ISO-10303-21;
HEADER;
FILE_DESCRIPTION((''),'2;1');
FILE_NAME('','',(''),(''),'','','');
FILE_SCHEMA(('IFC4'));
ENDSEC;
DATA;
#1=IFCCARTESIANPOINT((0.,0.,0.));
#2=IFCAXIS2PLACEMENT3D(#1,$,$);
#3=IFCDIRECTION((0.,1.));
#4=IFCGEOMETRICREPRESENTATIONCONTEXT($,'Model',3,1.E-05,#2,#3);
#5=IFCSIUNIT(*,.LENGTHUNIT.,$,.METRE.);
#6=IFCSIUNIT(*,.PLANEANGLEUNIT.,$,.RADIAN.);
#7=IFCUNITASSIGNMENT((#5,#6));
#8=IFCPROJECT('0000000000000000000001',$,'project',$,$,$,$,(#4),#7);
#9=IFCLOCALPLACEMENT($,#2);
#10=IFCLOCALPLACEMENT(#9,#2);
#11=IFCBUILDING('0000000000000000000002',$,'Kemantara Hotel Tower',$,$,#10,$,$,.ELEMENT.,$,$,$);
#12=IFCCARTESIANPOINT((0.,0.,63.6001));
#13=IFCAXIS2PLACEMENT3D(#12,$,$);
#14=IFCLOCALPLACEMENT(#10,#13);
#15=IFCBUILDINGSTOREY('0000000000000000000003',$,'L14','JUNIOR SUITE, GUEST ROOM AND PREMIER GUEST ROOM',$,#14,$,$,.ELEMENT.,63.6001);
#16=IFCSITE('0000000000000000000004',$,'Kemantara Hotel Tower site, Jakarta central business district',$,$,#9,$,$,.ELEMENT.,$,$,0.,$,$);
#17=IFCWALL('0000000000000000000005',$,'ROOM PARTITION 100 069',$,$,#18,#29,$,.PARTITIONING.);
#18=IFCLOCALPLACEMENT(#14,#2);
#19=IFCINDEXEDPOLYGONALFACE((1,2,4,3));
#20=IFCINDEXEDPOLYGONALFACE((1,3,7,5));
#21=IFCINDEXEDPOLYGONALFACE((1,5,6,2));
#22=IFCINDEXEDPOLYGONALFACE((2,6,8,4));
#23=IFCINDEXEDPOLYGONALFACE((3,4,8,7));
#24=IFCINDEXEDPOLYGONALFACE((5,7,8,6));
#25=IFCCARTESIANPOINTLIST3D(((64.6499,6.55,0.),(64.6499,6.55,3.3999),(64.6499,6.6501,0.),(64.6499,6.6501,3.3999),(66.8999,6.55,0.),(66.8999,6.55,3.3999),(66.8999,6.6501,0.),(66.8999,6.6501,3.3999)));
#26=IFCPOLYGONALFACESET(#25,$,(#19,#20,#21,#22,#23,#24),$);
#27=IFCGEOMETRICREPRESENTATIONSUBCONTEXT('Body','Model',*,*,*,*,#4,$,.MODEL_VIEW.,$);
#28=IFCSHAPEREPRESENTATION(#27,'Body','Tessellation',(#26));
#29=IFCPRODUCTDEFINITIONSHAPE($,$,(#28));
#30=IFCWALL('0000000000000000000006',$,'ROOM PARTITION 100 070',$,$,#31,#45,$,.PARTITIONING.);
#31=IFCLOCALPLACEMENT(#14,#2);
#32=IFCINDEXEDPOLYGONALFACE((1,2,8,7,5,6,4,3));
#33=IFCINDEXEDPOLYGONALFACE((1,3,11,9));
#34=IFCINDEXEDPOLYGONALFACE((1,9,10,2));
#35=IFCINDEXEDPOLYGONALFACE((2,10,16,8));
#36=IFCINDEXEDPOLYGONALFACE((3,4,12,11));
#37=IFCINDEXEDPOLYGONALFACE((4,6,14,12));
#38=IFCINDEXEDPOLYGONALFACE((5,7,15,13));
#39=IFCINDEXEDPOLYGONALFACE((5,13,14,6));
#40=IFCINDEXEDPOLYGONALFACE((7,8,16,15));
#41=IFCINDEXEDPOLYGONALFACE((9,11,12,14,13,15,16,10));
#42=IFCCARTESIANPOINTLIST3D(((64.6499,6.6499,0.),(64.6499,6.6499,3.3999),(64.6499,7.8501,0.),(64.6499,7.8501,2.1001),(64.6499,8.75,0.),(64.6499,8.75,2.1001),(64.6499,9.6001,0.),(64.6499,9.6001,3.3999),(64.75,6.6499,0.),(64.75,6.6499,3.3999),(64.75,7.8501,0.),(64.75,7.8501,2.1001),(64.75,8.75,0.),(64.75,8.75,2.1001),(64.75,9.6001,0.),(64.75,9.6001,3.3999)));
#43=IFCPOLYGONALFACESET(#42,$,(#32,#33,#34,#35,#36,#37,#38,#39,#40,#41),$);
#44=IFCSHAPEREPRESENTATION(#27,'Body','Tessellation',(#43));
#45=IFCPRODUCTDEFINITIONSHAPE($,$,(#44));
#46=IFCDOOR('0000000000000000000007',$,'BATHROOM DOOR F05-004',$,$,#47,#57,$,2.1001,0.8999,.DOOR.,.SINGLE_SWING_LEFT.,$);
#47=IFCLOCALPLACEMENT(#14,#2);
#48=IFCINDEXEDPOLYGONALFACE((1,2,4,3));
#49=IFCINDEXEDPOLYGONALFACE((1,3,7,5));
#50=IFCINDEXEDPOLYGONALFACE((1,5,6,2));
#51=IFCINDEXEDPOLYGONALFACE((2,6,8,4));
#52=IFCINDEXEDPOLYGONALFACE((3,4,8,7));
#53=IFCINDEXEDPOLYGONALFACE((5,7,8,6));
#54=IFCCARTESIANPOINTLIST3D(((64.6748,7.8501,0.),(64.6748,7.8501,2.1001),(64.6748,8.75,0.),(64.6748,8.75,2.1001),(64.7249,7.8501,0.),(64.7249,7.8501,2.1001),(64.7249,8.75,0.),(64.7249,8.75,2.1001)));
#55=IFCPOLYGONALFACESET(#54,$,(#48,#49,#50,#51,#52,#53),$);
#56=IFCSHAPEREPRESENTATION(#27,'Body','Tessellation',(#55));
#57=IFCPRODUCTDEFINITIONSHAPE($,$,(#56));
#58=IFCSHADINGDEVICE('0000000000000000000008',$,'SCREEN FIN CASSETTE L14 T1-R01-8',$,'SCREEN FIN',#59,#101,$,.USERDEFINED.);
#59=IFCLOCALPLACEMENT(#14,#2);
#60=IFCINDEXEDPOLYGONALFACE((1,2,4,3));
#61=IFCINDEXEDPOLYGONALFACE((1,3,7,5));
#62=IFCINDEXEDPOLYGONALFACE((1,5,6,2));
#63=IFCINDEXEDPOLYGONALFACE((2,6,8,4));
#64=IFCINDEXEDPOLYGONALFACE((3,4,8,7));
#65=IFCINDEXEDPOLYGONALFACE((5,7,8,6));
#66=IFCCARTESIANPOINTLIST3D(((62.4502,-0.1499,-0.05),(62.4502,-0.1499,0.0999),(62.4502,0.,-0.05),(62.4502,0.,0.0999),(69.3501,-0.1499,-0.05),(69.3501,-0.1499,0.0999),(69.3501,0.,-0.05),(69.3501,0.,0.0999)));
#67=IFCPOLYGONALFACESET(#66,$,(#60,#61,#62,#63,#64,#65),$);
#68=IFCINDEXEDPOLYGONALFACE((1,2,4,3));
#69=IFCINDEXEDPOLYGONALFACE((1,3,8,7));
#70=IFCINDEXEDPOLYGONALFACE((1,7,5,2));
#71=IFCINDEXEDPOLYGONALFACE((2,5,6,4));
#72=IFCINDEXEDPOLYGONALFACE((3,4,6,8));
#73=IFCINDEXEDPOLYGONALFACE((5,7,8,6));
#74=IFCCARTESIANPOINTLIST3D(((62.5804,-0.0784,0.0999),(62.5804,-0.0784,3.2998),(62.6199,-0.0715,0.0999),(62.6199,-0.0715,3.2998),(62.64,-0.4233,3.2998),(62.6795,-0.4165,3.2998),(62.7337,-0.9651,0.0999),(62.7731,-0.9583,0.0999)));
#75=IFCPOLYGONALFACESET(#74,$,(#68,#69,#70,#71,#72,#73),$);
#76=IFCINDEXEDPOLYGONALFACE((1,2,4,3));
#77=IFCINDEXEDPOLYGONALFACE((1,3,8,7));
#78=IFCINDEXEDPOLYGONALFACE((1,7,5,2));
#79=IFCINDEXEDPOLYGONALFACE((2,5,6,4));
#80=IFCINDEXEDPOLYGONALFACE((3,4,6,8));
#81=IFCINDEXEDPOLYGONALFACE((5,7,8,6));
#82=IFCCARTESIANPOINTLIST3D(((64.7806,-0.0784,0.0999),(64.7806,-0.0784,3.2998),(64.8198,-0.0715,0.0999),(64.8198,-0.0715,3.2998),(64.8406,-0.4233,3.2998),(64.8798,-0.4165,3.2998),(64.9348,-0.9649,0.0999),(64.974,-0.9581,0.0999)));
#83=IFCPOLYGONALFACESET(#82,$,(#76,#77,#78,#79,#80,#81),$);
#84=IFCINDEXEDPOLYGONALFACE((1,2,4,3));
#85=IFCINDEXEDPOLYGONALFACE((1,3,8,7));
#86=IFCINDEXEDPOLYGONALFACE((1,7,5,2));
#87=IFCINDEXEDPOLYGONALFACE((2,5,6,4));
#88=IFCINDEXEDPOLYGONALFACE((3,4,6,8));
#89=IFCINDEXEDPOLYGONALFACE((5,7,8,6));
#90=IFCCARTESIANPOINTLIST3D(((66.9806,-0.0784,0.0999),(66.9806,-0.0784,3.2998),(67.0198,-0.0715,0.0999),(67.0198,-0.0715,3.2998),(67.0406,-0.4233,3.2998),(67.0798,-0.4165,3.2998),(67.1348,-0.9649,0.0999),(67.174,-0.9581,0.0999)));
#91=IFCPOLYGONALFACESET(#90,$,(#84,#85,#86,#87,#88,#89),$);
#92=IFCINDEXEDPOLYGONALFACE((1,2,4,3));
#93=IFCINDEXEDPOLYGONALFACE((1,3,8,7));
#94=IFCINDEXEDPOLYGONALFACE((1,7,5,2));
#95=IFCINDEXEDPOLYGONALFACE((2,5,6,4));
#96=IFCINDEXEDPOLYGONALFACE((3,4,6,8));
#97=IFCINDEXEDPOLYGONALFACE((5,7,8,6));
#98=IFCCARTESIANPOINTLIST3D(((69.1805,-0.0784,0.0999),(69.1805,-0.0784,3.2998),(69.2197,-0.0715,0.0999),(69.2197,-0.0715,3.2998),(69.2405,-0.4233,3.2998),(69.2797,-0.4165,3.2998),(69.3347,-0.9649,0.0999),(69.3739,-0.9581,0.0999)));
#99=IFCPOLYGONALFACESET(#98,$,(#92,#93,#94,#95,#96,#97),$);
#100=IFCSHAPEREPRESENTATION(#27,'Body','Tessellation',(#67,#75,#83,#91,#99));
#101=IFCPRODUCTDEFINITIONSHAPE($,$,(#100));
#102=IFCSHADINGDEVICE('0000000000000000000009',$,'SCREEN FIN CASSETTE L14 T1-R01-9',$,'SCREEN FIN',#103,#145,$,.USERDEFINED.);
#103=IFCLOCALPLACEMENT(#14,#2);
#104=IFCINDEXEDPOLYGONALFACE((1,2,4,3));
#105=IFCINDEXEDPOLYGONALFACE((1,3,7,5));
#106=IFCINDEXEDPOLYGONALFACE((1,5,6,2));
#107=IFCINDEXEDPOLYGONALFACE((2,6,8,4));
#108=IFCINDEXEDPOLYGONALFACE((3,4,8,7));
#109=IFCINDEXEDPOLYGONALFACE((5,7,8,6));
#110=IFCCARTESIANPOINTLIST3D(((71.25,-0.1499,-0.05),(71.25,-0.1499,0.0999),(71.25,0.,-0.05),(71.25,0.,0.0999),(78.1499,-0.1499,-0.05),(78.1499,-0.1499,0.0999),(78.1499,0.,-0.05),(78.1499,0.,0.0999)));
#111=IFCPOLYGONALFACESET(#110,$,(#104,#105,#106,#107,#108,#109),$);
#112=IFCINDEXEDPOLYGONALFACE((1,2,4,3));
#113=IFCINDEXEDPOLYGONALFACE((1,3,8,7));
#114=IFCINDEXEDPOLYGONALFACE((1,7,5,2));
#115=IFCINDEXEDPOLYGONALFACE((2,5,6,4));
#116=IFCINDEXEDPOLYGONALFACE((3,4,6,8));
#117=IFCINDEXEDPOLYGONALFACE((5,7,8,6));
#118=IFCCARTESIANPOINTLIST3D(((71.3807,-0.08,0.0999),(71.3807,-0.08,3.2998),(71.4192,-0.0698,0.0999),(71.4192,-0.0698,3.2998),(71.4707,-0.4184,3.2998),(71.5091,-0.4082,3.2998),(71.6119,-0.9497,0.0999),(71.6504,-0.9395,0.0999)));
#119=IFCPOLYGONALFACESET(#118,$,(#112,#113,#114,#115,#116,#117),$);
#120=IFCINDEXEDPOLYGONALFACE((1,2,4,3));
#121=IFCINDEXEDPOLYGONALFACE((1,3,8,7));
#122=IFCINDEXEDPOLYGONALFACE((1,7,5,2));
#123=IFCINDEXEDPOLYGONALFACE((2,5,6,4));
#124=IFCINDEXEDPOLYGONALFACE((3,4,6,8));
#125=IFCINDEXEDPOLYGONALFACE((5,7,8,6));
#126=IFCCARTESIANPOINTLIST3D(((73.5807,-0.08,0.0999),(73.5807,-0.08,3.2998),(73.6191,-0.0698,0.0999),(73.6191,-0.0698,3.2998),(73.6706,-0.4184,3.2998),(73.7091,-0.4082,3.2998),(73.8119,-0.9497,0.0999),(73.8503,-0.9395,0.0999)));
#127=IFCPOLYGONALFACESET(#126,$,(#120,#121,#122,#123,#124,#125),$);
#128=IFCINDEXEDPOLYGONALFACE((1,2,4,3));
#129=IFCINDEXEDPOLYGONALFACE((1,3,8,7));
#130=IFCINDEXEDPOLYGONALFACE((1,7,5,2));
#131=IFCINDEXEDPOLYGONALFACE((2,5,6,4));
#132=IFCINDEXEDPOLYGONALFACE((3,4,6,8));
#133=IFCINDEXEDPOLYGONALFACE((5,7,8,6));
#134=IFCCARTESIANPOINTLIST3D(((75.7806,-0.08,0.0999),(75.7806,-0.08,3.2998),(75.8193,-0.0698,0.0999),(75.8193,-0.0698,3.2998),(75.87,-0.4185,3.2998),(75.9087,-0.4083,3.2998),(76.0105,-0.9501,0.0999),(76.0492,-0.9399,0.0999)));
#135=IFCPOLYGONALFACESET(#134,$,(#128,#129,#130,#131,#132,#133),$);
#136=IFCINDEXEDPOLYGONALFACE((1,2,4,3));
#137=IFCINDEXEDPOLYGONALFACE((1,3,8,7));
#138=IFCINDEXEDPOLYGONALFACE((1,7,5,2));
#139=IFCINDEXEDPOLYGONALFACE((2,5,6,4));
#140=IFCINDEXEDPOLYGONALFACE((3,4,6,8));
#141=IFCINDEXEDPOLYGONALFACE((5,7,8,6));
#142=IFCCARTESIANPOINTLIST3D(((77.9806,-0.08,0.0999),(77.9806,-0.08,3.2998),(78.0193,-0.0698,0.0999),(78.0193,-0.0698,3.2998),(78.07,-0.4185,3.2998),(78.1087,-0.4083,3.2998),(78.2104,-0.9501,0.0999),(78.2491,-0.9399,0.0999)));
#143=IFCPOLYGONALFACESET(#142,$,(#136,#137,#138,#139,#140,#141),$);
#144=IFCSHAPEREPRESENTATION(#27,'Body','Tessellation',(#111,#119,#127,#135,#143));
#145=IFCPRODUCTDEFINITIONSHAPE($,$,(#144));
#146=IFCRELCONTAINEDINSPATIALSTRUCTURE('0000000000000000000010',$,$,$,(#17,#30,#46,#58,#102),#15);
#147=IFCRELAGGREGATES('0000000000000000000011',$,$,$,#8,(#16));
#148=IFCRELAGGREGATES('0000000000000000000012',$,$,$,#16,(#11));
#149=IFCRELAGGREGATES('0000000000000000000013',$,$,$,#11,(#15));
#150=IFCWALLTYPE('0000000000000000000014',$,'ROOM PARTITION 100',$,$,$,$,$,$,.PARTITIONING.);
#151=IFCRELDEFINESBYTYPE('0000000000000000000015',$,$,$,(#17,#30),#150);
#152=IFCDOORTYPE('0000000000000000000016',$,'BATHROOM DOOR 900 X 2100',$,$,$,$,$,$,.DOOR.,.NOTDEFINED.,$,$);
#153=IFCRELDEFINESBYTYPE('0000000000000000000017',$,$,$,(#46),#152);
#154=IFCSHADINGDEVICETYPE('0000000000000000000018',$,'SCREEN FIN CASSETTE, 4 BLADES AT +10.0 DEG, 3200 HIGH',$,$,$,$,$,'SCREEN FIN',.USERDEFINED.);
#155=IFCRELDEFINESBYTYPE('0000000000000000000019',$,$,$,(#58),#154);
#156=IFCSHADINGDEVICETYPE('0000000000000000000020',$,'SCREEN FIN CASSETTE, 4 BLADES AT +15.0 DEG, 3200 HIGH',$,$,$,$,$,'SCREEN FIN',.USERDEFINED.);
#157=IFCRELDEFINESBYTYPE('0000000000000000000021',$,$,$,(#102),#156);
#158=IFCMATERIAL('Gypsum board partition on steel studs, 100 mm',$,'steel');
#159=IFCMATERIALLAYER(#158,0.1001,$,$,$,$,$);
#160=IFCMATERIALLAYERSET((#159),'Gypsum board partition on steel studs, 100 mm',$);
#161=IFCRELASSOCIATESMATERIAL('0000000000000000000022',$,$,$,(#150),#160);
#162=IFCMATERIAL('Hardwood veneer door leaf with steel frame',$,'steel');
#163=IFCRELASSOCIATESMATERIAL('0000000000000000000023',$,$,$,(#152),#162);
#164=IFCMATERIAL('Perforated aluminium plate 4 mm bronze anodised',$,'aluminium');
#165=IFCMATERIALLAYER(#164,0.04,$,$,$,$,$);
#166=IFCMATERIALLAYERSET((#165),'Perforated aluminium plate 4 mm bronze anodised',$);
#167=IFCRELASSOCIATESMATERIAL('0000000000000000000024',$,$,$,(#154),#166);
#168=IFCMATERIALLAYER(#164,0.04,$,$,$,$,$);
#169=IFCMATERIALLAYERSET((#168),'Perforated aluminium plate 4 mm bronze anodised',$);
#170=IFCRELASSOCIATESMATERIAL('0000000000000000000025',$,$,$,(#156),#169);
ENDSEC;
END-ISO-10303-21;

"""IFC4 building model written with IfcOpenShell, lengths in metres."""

from ifc_helpers import new_model, si_unit, direction, frame, frame_2d, origin, origin_2d, place, context, subcontext, project, spatial, polyline, rectangle, outline, extrude, source, transform, mapped, material, layer, layer_set, type_object, element, fill, save


model = new_model("IFC4")

# Units and contexts
model_context = context("Model", 3, precision=1e-05, world=origin(), true_north=direction((0.0, 1.0)))
body_context = subcontext(model_context, "Body", "Model", "MODEL_VIEW")
ifc_project = project(units=[si_unit("LENGTHUNIT", "METRE"), si_unit("PLANEANGLEUNIT", "RADIAN")], contexts=[model_context])

# Site, building, storey
site_placement = place(None, origin())
site = spatial("IfcSite", under=ifc_project, at=site_placement, Name="Kemantara Hotel Tower site, Jakarta central business district", CompositionType="ELEMENT", RefElevation=0.0)
building_placement = place(site_placement, origin())
building = spatial("IfcBuilding", under=site, at=building_placement, Name="Kemantara Hotel Tower", CompositionType="ELEMENT")
storey_placement = place(building_placement, frame((0.0, 0.0, 63.6001)))
storey = spatial("IfcBuildingStorey", under=building, at=storey_placement, Name="L14", Description="JUNIOR SUITE, GUEST ROOM AND PREMIER GUEST ROOM", CompositionType="ELEMENT", Elevation=63.6001)

# Shared definitions
ifc_material_1 = material(Name="Hardwood veneer door leaf with steel frame", Category="steel")

# Wall
ifc_material_2 = material(Name="Gypsum board partition on steel studs, 100 mm", Category="steel")
ifc_layer_1 = layer(ifc_material_2, 0.1001)
ifc_layer_set_1 = layer_set([ifc_layer_1], Name="Gypsum board partition on steel studs, 100 mm")
wall_type_1 = type_object("IfcWallType", Name="ROOM PARTITION 100", PredefinedType="PARTITIONING", material=ifc_layer_set_1)
wall_1_placement = place(storey_placement, frame((64.6499, 6.6001, 0.0), z_axis=(0.0, 0.0, 1.0), x_axis=(1.0, 0.0, 0.0)))
element("IfcWall", 1, at=wall_1_placement, inside=storey, type_object=wall_type_1, Name="ROOM PARTITION 100 069", PredefinedType="PARTITIONING", context=body_context, shape_type="SweptSolid", body=[
    extrude(rectangle(XDim=2.25, YDim=0.1001, at=frame_2d((1.125, 0.0))), origin(), (0.0, 0.0, 1.0), 3.3999),
])

# Wall, opening, door
wall_2_placement = place(storey_placement, frame((64.7, 9.6001, 0.0), z_axis=(0.0, 0.0, 1.0), x_axis=(0.0, -1.0, 0.0)))
wall_2 = element("IfcWall", 2, at=wall_2_placement, inside=storey, type_object=wall_type_1, Name="ROOM PARTITION 100 070", PredefinedType="PARTITIONING", context=body_context, shape_type="SweptSolid", body=[
    extrude(rectangle(XDim=2.9502, YDim=0.1001, at=frame_2d((1.4751, 0.0))), origin(), (0.0, 0.0, 1.0), 3.3999),
])
opening_1_placement = place(wall_2_placement, frame((0.8501, 0.0, 0.0)))
opening_1 = element("IfcOpeningElement", 3, at=opening_1_placement, cuts=wall_2, PredefinedType="OPENING", context=body_context, shape_type="SweptSolid", body=[
    extrude(rectangle(XDim=0.8999, YDim=2.1001, at=frame_2d((0.45, 1.05))), frame((0.0, 0.0601, 0.0), z_axis=(0.0, -1.0, 0.0), x_axis=(1.0, 0.0, 0.0)), (0.0, 0.0, 1.0), 0.1201),
])
door_type_1 = type_object("IfcDoorType", Name="BATHROOM DOOR 900 X 2100", OperationType="NOTDEFINED", PredefinedType="DOOR", material=ifc_material_1)
door_1_placement = place(opening_1_placement, origin())
door_1 = element("IfcDoor", 4, at=door_1_placement, inside=storey, type_object=door_type_1, Name="BATHROOM DOOR F05-004", OperationType="SINGLE_SWING_LEFT", OverallHeight=2.1001, OverallWidth=0.8999, PredefinedType="DOOR", context=body_context, shape_type="SweptSolid", body=[
    extrude(rectangle(XDim=0.8999, YDim=2.1001, at=frame_2d((0.45, 1.05))), frame((0.0, 0.0249, 0.0), z_axis=(0.0, -1.0, 0.0), x_axis=(1.0, 0.0, 0.0)), (0.0, 0.0, 1.0), 0.05),
])
fill(opening_1, door_1)

# Shading devices
ifc_material_3 = material(Name="Perforated aluminium plate 4 mm bronze anodised", Category="aluminium")
ifc_layer_2 = layer(ifc_material_3, 0.04)
ifc_layer_set_2 = layer_set([ifc_layer_2], Name="Perforated aluminium plate 4 mm bronze anodised")
shading_device_type_1 = type_object("IfcShadingDeviceType", Name="SCREEN FIN CASSETTE, 4 BLADES AT +10.0 DEG, 3200 HIGH", ElementType="SCREEN FIN", PredefinedType="USERDEFINED", material=ifc_layer_set_2)
shared_shape_1 = source(origin(), body_context, "Body", "SweptSolid", [
    extrude(rectangle(XDim=6.8999, YDim=0.1499, at=origin_2d()), frame((3.3, -0.075, -0.1499), z_axis=(0.0, 0.0, 1.0), x_axis=(1.0, 0.0, 0.0)), (0.0, 0.0, 1.0), 0.1499),
    extrude(outline(polyline([(0.0, 0.0), (0.8999, 0.0), (0.3501, 3.2), (0.0, 3.2), (0.0, 0.0)])), frame((0.0198, -0.0715, 0.0), z_axis=(-0.98539, -0.170314, 0.0), x_axis=(0.170314, -0.98539, 0.0)), (0.0, 0.0, 1.0), 0.04),
    extrude(outline(polyline([(0.0, 0.0), (0.8999, 0.0), (0.3501, 3.2), (0.0, 3.2), (0.0, 0.0)])), frame((2.2197, -0.0715, 0.0), z_axis=(-0.985212, -0.171341, 0.0), x_axis=(0.171341, -0.985212, 0.0)), (0.0, 0.0, 1.0), 0.0398),
    extrude(outline(polyline([(0.0, 0.0), (0.8999, 0.0), (0.3501, 3.2), (0.0, 3.2), (0.0, 0.0)])), frame((4.4197, -0.0715, 0.0), z_axis=(-0.985212, -0.171341, 0.0), x_axis=(0.171341, -0.985212, 0.0)), (0.0, 0.0, 1.0), 0.0398),
    extrude(outline(polyline([(0.0, 0.0), (0.8999, 0.0), (0.3501, 3.2), (0.0, 3.2), (0.0, 0.0)])), frame((6.6196, -0.0715, 0.0), z_axis=(-0.985212, -0.171341, 0.0), x_axis=(0.171341, -0.985212, 0.0)), (0.0, 0.0, 1.0), 0.0398),
])
shading_device_1_placement = place(storey_placement, frame((62.6001, 0.0, 0.0999), z_axis=(0.0, 0.0, 1.0), x_axis=(1.0, 0.0, 0.0)))
element("IfcShadingDevice", 5, at=shading_device_1_placement, inside=storey, type_object=shading_device_type_1, Name="SCREEN FIN CASSETTE L14 T1-R01-8", ObjectType="SCREEN FIN", PredefinedType="USERDEFINED", context=body_context, shape_type="MappedRepresentation", body=[
    mapped(shared_shape_1, transform((0.0, 0.0, 0.0))),
])
ifc_layer_3 = layer(ifc_material_3, 0.04)
ifc_layer_set_3 = layer_set([ifc_layer_3], Name="Perforated aluminium plate 4 mm bronze anodised")
shading_device_type_2 = type_object("IfcShadingDeviceType", Name="SCREEN FIN CASSETTE, 4 BLADES AT +15.0 DEG, 3200 HIGH", ElementType="SCREEN FIN", PredefinedType="USERDEFINED", material=ifc_layer_set_3)
shared_shape_2 = source(origin(), body_context, "Body", "SweptSolid", [
    extrude(rectangle(XDim=6.8999, YDim=0.1499, at=origin_2d()), frame((3.3, -0.075, -0.1499), z_axis=(0.0, 0.0, 1.0), x_axis=(1.0, 0.0, 0.0)), (0.0, 0.0, 1.0), 0.1499),
    extrude(outline(polyline([(0.0, 0.0), (0.8999, 0.0), (0.3501, 3.2), (0.0, 3.2), (0.0, 0.0)])), frame((0.0193, -0.0698, 0.0), z_axis=(-0.966438, -0.256901, 0.0), x_axis=(0.256901, -0.966438, 0.0)), (0.0, 0.0, 1.0), 0.0398),
    extrude(outline(polyline([(0.0, 0.0), (0.8999, 0.0), (0.3501, 3.2), (0.0, 3.2), (0.0, 0.0)])), frame((2.2192, -0.0698, 0.0), z_axis=(-0.966438, -0.256901, 0.0), x_axis=(0.256901, -0.966438, 0.0)), (0.0, 0.0, 1.0), 0.0398),
    extrude(outline(polyline([(0.0, 0.0), (0.8999, 0.0), (0.3501, 3.2), (0.0, 3.2), (0.0, 0.0)])), frame((4.4194, -0.0698, 0.0), z_axis=(-0.966838, -0.255391, 0.0), x_axis=(0.255391, -0.966838, 0.0)), (0.0, 0.0, 1.0), 0.04),
    extrude(outline(polyline([(0.0, 0.0), (0.8999, 0.0), (0.3501, 3.2), (0.0, 3.2), (0.0, 0.0)])), frame((6.6194, -0.0698, 0.0), z_axis=(-0.966838, -0.255391, 0.0), x_axis=(0.255391, -0.966838, 0.0)), (0.0, 0.0, 1.0), 0.04),
])
shading_device_2_placement = place(storey_placement, frame((71.3999, 0.0, 0.0999), z_axis=(0.0, 0.0, 1.0), x_axis=(1.0, 0.0, 0.0)))
element("IfcShadingDevice", 6, at=shading_device_2_placement, inside=storey, type_object=shading_device_type_2, Name="SCREEN FIN CASSETTE L14 T1-R01-9", ObjectType="SCREEN FIN", PredefinedType="USERDEFINED", context=body_context, shape_type="MappedRepresentation", body=[
    mapped(shared_shape_2, transform((0.0, 0.0, 0.0))),
])

save(model, "model.ifc")
